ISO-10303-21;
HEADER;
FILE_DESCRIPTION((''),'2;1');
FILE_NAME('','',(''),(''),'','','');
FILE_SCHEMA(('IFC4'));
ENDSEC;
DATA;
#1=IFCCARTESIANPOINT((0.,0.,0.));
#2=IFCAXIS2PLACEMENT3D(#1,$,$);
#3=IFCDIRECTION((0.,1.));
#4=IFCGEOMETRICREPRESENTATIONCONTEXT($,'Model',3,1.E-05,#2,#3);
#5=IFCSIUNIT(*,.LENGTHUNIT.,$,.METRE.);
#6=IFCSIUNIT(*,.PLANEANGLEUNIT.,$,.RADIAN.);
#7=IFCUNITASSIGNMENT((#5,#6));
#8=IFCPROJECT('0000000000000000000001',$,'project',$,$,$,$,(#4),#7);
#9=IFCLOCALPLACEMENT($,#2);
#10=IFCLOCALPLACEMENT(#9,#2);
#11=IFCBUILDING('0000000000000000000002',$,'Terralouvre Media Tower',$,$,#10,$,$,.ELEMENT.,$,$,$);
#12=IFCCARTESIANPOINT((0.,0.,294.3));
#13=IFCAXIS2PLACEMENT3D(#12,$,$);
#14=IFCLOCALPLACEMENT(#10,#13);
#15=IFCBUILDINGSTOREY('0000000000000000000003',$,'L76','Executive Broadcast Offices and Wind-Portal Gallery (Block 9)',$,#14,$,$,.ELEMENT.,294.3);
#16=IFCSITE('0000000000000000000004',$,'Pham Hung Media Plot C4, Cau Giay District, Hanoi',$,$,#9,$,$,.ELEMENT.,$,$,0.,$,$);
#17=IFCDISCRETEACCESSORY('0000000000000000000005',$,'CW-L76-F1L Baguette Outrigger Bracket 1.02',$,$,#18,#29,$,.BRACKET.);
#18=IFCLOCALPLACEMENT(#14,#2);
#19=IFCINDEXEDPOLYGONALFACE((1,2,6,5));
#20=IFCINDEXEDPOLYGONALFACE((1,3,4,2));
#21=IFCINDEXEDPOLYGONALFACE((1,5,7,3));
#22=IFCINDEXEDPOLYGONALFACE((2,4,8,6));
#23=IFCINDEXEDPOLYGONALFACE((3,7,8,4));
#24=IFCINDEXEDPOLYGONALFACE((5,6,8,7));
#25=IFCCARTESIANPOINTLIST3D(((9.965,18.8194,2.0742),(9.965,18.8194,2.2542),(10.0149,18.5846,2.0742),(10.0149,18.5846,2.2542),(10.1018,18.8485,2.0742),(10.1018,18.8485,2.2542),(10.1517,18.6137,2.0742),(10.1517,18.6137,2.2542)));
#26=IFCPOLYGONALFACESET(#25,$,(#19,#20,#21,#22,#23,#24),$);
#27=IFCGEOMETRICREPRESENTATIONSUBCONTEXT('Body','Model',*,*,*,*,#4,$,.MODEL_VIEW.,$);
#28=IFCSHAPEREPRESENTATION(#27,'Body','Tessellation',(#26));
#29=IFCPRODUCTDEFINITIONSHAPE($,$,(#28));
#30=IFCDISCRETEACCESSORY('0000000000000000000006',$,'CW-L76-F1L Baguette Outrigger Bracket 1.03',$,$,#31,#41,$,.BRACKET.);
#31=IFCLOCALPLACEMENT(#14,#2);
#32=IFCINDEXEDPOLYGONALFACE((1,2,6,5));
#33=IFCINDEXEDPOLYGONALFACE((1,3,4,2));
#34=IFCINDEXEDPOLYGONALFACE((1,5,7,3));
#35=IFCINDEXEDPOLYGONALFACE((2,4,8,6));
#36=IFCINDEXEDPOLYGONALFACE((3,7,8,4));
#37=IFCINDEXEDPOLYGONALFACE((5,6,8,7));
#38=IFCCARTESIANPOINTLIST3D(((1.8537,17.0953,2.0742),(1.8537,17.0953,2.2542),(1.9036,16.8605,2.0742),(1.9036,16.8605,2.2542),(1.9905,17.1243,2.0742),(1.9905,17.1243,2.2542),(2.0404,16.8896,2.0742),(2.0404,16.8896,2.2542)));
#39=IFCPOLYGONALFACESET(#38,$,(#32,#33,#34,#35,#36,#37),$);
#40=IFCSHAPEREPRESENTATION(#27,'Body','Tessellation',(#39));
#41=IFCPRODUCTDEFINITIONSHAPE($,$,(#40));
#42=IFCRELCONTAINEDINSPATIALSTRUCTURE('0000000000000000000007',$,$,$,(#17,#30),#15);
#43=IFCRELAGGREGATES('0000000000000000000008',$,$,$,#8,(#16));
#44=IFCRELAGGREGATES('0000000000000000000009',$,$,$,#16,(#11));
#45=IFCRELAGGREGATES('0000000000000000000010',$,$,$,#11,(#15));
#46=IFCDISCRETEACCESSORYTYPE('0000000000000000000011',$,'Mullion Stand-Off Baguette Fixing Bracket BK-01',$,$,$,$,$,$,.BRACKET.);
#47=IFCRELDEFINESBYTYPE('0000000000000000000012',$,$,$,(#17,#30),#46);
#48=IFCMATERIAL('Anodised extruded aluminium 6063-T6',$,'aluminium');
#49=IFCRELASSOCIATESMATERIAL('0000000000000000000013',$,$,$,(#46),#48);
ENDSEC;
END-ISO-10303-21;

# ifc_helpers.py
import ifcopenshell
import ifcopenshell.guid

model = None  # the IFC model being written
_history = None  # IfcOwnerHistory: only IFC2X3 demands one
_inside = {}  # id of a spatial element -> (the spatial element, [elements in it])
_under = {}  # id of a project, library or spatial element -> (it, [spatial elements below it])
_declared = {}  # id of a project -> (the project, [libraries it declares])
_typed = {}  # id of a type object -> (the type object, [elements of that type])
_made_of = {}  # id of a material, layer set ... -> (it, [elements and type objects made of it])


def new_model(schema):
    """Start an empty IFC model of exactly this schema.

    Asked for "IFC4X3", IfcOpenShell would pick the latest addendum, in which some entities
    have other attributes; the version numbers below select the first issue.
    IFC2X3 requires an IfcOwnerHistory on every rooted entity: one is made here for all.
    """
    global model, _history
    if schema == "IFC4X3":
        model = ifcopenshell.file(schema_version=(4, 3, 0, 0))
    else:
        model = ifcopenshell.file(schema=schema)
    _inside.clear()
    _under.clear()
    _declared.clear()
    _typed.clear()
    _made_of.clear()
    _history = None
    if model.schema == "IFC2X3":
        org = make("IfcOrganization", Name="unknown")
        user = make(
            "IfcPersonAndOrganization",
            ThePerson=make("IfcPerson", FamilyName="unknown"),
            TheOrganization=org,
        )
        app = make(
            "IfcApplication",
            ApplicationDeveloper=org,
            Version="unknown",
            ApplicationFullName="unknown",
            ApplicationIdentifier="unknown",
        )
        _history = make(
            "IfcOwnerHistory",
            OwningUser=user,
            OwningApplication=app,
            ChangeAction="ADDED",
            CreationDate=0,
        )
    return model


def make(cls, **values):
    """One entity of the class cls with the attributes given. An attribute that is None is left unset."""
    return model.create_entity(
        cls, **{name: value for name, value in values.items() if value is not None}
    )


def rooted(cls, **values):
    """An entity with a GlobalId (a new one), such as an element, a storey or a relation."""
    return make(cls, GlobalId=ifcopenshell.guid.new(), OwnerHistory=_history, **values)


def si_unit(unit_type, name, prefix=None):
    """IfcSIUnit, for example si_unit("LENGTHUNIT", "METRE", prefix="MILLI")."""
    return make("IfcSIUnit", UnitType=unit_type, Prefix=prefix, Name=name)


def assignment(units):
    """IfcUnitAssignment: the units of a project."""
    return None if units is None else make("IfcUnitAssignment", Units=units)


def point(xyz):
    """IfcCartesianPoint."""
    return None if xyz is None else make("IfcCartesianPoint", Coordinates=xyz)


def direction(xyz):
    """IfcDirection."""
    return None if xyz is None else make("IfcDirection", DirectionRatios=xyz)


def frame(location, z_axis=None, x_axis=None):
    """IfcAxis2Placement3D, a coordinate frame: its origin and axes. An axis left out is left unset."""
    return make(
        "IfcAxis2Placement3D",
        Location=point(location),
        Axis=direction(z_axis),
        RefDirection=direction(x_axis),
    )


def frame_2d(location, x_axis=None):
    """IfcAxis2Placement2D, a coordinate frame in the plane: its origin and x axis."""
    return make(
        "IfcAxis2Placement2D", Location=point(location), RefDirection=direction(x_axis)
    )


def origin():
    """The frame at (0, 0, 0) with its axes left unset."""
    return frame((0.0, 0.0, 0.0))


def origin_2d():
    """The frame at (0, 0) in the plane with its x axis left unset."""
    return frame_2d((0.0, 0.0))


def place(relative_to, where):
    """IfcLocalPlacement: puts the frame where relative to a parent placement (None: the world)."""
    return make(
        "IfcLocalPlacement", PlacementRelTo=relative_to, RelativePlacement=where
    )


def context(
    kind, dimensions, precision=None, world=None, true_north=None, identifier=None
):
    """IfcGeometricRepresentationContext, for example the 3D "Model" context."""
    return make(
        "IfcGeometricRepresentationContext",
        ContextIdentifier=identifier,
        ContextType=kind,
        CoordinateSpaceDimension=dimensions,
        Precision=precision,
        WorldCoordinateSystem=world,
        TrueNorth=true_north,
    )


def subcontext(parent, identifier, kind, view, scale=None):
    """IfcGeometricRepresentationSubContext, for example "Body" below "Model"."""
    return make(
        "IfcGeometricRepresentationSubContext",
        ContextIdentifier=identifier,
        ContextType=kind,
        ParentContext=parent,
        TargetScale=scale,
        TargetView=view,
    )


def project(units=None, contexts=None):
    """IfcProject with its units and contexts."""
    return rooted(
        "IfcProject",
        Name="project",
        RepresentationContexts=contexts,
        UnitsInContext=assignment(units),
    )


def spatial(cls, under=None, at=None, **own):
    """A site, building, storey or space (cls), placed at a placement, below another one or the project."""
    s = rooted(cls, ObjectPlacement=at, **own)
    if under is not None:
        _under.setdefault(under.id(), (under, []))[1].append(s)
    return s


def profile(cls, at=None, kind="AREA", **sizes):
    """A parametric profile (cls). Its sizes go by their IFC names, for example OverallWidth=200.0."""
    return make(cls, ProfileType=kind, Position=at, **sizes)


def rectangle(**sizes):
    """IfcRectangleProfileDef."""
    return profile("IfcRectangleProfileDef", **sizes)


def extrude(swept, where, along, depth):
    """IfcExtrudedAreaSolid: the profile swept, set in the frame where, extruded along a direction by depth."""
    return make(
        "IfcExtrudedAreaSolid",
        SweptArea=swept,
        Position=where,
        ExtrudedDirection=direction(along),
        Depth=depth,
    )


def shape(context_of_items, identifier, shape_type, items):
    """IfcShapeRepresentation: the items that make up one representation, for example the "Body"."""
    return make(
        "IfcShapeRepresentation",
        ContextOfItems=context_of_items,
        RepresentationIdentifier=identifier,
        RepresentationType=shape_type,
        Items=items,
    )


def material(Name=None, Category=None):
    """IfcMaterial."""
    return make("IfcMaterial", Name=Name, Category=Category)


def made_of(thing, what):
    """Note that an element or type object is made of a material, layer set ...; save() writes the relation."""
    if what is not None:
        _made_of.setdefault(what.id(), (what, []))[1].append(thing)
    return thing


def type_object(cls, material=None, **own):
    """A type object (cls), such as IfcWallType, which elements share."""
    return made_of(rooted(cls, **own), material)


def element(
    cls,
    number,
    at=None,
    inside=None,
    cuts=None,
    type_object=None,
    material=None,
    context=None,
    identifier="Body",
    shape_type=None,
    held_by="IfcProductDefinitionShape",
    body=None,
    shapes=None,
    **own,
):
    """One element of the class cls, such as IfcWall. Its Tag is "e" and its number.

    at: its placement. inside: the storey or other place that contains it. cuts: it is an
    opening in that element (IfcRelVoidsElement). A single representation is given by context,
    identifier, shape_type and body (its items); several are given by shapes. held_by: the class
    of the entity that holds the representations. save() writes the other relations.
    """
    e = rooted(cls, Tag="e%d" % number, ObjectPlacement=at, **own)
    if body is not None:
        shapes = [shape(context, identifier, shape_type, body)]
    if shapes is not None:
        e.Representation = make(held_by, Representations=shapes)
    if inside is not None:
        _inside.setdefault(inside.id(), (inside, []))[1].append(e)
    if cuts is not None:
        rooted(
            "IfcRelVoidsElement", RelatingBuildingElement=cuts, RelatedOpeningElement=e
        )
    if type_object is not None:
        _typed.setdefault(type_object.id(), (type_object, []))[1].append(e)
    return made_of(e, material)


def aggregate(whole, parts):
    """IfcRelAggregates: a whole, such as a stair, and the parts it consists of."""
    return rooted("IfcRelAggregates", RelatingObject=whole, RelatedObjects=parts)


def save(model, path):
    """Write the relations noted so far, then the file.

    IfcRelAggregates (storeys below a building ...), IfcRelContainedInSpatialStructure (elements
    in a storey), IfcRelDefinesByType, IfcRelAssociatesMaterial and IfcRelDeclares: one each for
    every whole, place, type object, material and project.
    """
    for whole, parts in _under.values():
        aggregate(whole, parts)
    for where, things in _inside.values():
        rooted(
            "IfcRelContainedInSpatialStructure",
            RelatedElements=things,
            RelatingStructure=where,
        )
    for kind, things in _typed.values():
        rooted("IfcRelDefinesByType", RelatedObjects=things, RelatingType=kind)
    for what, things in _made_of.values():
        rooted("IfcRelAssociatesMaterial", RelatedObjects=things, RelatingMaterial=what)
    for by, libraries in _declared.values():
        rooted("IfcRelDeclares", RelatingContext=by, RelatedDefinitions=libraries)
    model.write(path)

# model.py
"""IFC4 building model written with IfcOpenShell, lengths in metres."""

from ifc_helpers import new_model, si_unit, direction, frame, origin, origin_2d, place, context, subcontext, project, spatial, rectangle, extrude, material, type_object, element, save


model = new_model("IFC4")

# Units and contexts
model_context = context("Model", 3, precision=1e-05, world=origin(), true_north=direction((0.0, 1.0)))
body_context = subcontext(model_context, "Body", "Model", "MODEL_VIEW")
ifc_project = project(units=[si_unit("LENGTHUNIT", "METRE"), si_unit("PLANEANGLEUNIT", "RADIAN")], contexts=[model_context])

# Site, building, storey
site_placement = place(None, origin())
site = spatial("IfcSite", under=ifc_project, at=site_placement, Name="Pham Hung Media Plot C4, Cau Giay District, Hanoi", CompositionType="ELEMENT", RefElevation=0.0)
building_placement = place(site_placement, origin())
building = spatial("IfcBuilding", under=site, at=building_placement, Name="Terralouvre Media Tower", CompositionType="ELEMENT")
storey_placement = place(building_placement, frame((0.0, 0.0, 294.3)))
storey = spatial("IfcBuildingStorey", under=building, at=storey_placement, Name="L76", Description="Executive Broadcast Offices and Wind-Portal Gallery (Block 9)", CompositionType="ELEMENT", Elevation=294.3)

# Discrete accessories
ifc_material_1 = material(Name="Anodised extruded aluminium 6063-T6", Category="aluminium")
discrete_accessory_type = type_object("IfcDiscreteAccessoryType", Name="Mullion Stand-Off Baguette Fixing Bracket BK-01", PredefinedType="BRACKET", material=ifc_material_1)
for number, where, z_axis, x_axis, name in (
    (1, (10.0583, 18.7166, 2.0742), (0.0, 0.0, 1.0), (-0.978148, -0.207912, 0.0), "CW-L76-F1L Baguette Outrigger Bracket 1.02"),
    (2, (1.947, 16.9924, 2.0742), (0.0, 0.0, 1.0), (-0.978148, -0.207912, 0.0), "CW-L76-F1L Baguette Outrigger Bracket 1.03"),
):
    element("IfcDiscreteAccessory", number, at=place(storey_placement, frame(where, z_axis=z_axis, x_axis=x_axis)), inside=storey, type_object=discrete_accessory_type, Name=name, PredefinedType="BRACKET", context=body_context, shape_type="SweptSolid", body=[
        extrude(rectangle(XDim=0.1399, YDim=0.24, at=origin_2d()), origin(), (0.0, 0.0, 1.0), 0.1799),
    ])

save(model, "model.ifc")
